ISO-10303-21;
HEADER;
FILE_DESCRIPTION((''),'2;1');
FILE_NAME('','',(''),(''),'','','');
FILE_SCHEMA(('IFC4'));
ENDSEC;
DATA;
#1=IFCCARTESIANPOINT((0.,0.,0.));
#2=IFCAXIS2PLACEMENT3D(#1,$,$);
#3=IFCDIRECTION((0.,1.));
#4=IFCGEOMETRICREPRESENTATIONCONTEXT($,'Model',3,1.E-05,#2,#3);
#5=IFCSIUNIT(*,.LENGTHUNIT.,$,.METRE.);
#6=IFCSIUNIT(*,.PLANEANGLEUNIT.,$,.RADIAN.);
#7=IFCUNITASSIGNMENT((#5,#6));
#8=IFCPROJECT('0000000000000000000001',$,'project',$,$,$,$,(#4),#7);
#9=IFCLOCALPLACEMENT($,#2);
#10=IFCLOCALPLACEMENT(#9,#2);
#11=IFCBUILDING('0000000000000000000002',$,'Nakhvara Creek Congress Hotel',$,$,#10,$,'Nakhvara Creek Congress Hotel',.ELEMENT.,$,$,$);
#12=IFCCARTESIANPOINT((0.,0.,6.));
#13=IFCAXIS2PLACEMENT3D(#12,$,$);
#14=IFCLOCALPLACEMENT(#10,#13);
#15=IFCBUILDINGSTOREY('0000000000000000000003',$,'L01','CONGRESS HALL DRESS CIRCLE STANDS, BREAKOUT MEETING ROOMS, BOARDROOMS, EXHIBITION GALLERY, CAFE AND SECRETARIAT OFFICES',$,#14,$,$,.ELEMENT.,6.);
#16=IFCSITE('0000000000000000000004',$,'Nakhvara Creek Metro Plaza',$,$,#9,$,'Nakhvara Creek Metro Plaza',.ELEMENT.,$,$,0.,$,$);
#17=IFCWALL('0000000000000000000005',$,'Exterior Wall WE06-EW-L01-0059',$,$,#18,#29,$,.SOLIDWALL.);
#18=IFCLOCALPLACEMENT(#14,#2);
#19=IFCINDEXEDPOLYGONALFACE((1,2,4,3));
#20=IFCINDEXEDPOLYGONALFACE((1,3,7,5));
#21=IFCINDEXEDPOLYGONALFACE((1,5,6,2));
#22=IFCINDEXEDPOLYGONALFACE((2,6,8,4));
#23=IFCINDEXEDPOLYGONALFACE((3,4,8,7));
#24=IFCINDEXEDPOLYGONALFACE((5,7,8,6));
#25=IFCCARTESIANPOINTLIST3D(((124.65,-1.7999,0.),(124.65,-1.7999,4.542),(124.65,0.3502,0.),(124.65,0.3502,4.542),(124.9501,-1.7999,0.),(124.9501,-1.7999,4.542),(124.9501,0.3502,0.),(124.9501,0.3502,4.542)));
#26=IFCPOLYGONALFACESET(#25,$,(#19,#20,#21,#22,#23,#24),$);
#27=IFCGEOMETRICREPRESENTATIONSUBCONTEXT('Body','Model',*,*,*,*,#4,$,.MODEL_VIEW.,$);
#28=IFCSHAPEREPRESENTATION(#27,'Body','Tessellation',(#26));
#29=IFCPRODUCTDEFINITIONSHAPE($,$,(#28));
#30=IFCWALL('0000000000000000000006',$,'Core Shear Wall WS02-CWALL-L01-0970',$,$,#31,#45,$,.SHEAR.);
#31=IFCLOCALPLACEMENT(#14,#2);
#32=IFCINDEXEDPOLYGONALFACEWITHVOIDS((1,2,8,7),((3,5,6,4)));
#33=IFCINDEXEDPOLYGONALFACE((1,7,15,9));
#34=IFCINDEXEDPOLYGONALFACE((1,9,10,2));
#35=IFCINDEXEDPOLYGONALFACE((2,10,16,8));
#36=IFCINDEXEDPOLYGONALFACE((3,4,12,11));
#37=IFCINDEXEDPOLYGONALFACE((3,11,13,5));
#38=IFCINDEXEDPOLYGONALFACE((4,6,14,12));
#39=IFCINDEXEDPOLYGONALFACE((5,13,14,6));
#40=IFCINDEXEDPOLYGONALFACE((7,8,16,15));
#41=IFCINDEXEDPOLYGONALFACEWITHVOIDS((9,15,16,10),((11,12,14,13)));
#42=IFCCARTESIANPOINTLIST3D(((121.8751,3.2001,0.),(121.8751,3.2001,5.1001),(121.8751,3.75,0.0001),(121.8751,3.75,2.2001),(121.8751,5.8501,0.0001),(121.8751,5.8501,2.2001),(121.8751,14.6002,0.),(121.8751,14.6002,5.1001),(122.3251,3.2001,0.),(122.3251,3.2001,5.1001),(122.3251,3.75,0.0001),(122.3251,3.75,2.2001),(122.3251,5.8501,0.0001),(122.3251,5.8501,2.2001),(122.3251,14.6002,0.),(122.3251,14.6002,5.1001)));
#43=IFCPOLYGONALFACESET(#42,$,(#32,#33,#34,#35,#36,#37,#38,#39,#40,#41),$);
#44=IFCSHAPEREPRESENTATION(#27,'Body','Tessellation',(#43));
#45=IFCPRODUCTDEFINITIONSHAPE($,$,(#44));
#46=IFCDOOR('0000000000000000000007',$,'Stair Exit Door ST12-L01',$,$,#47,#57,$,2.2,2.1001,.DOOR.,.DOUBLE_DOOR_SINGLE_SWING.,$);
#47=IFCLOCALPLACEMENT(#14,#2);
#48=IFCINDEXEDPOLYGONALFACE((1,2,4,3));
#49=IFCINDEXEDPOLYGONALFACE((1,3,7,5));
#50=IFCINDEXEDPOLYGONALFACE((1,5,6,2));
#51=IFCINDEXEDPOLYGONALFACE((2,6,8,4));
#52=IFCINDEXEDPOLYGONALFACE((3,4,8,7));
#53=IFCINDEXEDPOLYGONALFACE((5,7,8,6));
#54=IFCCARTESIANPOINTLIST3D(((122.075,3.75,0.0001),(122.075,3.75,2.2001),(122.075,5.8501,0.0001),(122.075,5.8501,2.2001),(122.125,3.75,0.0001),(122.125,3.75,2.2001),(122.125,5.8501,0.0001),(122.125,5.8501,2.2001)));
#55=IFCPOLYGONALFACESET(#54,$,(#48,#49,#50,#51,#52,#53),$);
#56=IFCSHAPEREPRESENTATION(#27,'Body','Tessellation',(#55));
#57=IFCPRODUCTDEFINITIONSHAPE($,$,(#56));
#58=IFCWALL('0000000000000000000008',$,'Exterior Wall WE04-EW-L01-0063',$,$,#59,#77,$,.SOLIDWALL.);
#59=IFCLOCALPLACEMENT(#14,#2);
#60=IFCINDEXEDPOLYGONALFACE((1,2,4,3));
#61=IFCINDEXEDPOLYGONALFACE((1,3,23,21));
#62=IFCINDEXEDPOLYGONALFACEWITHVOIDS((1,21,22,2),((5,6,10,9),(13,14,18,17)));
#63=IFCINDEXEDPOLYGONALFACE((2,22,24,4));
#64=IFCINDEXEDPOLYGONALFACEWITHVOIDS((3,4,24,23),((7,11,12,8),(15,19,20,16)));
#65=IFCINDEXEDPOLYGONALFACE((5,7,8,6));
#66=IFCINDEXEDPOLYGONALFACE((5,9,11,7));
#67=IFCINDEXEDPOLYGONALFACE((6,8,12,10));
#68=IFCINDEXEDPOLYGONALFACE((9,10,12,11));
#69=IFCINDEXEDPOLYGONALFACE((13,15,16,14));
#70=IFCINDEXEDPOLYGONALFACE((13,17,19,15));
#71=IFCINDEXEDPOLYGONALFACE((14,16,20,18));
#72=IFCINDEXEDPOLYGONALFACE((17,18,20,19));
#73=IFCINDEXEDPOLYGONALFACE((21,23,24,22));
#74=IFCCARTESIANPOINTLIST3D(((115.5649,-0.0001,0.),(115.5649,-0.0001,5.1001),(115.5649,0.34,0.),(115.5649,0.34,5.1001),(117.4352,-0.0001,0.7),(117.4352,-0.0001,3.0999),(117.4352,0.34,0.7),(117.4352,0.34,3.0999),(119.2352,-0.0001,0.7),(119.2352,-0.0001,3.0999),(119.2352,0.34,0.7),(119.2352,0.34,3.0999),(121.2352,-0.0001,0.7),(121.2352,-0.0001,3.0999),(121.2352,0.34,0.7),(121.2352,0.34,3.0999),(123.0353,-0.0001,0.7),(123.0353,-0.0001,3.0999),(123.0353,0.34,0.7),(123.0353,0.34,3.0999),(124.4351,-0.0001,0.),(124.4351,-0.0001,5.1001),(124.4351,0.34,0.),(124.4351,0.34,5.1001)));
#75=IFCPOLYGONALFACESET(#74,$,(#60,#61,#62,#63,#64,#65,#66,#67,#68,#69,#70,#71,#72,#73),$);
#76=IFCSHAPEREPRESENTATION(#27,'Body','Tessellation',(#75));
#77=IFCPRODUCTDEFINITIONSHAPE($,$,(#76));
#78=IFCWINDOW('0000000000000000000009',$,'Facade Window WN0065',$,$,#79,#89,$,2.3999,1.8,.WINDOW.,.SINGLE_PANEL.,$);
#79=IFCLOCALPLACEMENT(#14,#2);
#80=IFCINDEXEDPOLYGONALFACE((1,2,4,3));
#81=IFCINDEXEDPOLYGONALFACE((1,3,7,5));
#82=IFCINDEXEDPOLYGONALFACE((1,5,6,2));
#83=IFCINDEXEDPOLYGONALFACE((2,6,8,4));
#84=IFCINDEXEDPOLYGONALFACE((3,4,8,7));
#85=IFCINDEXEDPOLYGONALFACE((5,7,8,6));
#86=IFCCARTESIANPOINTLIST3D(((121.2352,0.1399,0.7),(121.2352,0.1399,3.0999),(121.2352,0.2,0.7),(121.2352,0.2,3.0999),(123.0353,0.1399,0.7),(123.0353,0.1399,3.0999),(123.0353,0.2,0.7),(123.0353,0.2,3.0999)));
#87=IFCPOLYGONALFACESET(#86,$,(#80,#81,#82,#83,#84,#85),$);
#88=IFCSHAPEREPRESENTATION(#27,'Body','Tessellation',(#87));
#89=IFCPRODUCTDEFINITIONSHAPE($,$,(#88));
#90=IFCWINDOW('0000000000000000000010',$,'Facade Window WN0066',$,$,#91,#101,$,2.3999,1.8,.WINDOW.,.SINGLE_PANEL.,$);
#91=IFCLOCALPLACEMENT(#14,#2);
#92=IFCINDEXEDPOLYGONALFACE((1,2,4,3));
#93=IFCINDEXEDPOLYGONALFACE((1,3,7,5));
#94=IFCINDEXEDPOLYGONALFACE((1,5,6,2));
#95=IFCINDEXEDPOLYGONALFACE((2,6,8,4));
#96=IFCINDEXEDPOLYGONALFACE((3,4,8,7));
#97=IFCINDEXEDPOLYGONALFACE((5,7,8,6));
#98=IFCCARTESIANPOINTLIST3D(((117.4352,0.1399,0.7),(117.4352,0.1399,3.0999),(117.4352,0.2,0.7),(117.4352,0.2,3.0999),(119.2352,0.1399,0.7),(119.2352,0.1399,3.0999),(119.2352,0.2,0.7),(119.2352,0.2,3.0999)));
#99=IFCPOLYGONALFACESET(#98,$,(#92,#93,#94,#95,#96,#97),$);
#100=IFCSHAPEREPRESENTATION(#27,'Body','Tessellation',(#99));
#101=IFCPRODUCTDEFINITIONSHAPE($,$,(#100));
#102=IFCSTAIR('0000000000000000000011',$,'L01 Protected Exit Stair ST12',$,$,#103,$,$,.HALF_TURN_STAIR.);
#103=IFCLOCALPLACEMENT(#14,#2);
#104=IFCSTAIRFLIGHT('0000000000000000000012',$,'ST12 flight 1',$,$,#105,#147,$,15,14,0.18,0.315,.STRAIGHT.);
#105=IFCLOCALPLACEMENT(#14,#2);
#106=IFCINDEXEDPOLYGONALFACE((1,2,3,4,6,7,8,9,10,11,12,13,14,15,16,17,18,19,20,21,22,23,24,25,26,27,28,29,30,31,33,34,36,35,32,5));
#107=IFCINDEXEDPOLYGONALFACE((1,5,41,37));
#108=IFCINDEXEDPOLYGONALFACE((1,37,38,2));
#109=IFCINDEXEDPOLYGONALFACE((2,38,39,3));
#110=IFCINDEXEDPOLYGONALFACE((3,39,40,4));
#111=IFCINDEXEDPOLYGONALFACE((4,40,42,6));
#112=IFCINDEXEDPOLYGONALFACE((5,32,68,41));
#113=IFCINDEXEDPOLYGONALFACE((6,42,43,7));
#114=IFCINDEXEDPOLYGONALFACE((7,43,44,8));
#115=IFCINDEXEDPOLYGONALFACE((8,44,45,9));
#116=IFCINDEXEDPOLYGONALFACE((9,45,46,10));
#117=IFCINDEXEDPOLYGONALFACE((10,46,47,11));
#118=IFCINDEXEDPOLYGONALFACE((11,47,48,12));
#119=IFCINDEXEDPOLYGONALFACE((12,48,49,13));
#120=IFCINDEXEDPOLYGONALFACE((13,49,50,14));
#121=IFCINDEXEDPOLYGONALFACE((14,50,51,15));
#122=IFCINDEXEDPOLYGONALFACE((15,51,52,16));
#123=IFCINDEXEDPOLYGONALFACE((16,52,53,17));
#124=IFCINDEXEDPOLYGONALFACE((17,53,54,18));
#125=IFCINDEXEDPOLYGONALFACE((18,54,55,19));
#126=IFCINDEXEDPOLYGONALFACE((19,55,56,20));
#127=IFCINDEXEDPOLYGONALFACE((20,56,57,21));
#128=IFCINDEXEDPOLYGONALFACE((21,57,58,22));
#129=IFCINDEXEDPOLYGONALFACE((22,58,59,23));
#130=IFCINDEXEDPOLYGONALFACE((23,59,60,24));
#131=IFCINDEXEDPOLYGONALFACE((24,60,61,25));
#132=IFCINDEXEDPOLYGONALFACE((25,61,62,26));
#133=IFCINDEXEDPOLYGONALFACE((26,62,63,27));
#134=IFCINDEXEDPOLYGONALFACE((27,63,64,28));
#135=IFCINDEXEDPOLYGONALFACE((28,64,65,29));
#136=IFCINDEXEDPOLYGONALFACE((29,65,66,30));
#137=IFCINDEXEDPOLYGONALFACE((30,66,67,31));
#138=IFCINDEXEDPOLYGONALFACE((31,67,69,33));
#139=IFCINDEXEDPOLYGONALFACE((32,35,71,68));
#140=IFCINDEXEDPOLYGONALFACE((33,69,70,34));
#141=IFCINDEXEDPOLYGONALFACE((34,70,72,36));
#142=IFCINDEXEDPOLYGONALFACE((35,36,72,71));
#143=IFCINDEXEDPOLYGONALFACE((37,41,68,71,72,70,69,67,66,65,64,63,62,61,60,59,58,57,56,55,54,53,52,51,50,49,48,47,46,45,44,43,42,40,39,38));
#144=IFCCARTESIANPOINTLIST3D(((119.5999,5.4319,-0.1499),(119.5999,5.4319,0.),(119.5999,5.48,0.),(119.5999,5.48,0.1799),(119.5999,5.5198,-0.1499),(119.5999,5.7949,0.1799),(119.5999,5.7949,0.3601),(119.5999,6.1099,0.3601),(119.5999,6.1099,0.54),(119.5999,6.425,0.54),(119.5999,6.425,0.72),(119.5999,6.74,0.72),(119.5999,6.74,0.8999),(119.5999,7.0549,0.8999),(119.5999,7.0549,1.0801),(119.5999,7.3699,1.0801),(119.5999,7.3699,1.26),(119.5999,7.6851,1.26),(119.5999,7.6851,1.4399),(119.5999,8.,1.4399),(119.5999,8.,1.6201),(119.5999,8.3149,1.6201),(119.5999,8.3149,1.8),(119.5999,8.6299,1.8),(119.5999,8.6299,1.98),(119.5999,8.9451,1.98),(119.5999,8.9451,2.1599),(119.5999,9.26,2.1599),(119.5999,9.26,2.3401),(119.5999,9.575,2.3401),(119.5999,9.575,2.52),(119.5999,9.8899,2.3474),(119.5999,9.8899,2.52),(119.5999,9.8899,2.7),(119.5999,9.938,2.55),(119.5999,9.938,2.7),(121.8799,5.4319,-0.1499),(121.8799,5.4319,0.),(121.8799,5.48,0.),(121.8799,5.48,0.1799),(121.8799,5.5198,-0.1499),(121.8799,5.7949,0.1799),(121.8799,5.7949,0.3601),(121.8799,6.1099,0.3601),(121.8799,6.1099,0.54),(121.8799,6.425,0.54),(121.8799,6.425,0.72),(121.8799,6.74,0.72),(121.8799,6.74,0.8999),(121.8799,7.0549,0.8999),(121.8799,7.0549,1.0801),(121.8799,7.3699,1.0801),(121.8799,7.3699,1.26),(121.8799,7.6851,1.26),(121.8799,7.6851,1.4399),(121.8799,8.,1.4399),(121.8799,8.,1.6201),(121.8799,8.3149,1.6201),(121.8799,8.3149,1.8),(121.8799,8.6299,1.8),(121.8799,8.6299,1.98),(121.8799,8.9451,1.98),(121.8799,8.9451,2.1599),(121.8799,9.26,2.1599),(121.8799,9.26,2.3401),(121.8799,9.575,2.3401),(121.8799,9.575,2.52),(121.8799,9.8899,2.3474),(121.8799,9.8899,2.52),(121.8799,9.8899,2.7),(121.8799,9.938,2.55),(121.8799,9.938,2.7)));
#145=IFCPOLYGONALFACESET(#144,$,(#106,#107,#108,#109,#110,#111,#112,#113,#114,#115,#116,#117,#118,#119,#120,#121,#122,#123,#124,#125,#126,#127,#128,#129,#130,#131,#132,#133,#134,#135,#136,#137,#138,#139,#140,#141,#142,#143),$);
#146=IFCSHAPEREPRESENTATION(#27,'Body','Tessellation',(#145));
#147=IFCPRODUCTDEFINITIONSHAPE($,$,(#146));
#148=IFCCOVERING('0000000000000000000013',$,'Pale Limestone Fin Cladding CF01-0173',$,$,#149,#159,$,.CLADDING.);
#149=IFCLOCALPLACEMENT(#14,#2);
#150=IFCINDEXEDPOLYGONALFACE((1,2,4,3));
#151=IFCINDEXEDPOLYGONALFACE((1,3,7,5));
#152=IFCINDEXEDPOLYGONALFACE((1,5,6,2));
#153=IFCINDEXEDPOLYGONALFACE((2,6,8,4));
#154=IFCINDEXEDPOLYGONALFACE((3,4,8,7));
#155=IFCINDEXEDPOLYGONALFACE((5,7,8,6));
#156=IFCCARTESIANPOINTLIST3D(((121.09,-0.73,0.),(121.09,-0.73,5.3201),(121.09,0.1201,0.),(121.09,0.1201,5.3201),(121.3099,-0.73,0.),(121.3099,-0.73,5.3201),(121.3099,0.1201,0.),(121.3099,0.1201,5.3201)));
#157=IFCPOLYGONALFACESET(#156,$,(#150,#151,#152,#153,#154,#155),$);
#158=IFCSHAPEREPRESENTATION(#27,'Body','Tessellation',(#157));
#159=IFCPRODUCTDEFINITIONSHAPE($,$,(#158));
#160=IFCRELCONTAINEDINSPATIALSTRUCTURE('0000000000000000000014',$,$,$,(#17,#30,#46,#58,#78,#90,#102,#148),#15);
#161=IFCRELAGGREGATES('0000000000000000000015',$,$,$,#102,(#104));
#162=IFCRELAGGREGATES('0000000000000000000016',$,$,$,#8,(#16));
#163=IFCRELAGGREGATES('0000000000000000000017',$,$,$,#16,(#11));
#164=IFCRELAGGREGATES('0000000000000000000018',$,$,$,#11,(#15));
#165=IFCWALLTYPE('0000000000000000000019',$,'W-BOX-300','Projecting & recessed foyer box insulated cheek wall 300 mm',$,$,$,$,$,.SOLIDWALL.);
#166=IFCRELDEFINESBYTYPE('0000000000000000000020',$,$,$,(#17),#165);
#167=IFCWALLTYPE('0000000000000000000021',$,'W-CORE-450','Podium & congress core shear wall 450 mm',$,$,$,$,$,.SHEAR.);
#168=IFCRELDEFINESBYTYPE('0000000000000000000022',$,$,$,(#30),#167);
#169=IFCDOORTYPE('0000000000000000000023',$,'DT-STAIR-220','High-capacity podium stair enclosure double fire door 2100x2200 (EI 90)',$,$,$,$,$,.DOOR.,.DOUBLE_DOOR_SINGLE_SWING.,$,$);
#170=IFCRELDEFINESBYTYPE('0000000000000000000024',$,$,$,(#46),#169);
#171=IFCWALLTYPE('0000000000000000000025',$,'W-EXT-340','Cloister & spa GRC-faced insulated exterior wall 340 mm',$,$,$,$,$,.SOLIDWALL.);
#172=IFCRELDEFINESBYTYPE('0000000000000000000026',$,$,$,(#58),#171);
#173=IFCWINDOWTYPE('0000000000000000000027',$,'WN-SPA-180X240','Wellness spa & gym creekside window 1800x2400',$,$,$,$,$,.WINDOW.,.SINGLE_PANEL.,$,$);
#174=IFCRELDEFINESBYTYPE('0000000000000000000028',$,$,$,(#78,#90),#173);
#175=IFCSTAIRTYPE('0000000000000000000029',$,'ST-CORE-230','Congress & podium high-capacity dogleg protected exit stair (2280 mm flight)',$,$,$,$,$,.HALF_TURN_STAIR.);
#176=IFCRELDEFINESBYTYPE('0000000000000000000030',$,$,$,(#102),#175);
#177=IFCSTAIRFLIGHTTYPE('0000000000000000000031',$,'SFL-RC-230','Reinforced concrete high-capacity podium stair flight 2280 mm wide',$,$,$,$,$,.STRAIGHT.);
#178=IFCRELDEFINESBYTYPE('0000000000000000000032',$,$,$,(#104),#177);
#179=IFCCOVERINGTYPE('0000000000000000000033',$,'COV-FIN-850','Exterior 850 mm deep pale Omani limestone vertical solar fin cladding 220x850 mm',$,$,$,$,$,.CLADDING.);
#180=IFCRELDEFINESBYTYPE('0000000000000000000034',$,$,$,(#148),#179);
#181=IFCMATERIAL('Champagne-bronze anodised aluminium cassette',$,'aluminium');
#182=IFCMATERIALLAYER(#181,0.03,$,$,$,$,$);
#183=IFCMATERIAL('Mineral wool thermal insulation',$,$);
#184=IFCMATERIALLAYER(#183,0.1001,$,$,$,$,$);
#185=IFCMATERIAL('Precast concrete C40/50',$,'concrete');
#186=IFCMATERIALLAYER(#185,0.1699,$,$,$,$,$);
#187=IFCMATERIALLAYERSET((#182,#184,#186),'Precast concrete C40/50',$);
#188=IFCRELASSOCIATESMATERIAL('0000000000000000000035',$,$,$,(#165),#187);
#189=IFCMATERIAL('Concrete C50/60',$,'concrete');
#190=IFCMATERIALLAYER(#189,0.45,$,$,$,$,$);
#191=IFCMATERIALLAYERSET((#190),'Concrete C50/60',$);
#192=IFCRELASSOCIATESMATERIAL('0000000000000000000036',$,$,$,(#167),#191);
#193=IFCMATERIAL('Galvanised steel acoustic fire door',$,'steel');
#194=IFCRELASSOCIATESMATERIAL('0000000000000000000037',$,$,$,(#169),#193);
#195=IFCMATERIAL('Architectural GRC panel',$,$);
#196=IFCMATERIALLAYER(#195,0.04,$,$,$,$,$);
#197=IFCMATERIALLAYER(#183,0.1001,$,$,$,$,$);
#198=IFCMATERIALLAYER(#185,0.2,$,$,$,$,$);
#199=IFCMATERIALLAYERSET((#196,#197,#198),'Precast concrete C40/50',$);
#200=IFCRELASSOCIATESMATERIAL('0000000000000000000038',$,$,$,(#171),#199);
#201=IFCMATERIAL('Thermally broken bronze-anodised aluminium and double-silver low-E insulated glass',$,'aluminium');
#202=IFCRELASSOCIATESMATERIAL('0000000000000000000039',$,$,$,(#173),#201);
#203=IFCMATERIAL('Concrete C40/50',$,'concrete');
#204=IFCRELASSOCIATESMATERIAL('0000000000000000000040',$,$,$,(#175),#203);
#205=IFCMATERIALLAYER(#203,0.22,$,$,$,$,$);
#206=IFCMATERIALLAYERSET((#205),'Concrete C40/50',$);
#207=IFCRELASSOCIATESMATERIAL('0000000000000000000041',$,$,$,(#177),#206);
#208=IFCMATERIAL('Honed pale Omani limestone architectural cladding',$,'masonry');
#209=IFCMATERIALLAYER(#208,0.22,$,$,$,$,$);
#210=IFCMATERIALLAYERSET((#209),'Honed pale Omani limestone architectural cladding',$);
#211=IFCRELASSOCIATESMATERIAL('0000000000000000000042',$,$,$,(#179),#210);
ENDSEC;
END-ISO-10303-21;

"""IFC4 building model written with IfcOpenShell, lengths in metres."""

from ifc_helpers import new_model, si_unit, direction, frame, frame_2d, origin, origin_2d, place, context, subcontext, project, spatial, polyline, rectangle, outline, extrude, material, layer, layer_set, type_object, element, fill, aggregate, save


model = new_model("IFC4")

# Units and contexts
model_context = context("Model", 3, precision=1e-05, world=origin(), true_north=direction((0.0, 1.0)))
body_context = subcontext(model_context, "Body", "Model", "MODEL_VIEW")
ifc_project = project(units=[si_unit("LENGTHUNIT", "METRE"), si_unit("PLANEANGLEUNIT", "RADIAN")], contexts=[model_context])

# Site, building, storey
site_placement = place(None, origin())
site = spatial("IfcSite", under=ifc_project, at=site_placement, Name="Nakhvara Creek Metro Plaza", LongName="Nakhvara Creek Metro Plaza", CompositionType="ELEMENT", RefElevation=0.0)
building_placement = place(site_placement, origin())
building = spatial("IfcBuilding", under=site, at=building_placement, Name="Nakhvara Creek Congress Hotel", LongName="Nakhvara Creek Congress Hotel", CompositionType="ELEMENT")
storey_placement = place(building_placement, frame((0.0, 0.0, 6.0)))
storey = spatial("IfcBuildingStorey", under=building, at=storey_placement, Name="L01", Description="CONGRESS HALL DRESS CIRCLE STANDS, BREAKOUT MEETING ROOMS, BOARDROOMS, EXHIBITION GALLERY, CAFE AND SECRETARIAT OFFICES", CompositionType="ELEMENT", Elevation=6.0)

# Shared definitions
ifc_material_1 = material(Name="Concrete C50/60", Category="concrete")

# Shared definitions
ifc_material_2 = material(Name="Concrete C40/50", Category="concrete")

# Wall
ifc_material_3 = material(Name="Champagne-bronze anodised aluminium cassette", Category="aluminium")
ifc_layer_1 = layer(ifc_material_3, 0.03)
ifc_material_4 = material(Name="Mineral wool thermal insulation")
ifc_layer_2 = layer(ifc_material_4, 0.1001)
ifc_material_5 = material(Name="Precast concrete C40/50", Category="concrete")
ifc_layer_3 = layer(ifc_material_5, 0.1699)
ifc_layer_set_1 = layer_set([ifc_layer_1, ifc_layer_2, ifc_layer_3], Name="Precast concrete C40/50")
wall_type_1 = type_object("IfcWallType", Name="W-BOX-300", Description="Projecting & recessed foyer box insulated cheek wall 300 mm", PredefinedType="SOLIDWALL", material=ifc_layer_set_1)
wall_1_placement = place(storey_placement, frame((124.8, -1.8, 0.0), z_axis=(0.0, 0.0, 1.0), x_axis=(0.0, 1.0, 0.0)))
element("IfcWall", 1, at=wall_1_placement, inside=storey, type_object=wall_type_1, Name="Exterior Wall WE06-EW-L01-0059", PredefinedType="SOLIDWALL", context=body_context, shape_type="SweptSolid", body=[
    extrude(rectangle(XDim=2.1501, YDim=0.3, at=frame_2d((1.0752, 0.0))), origin(), (0.0, 0.0, 1.0), 4.542),
])

# Wall, opening, door
ifc_layer_4 = layer(ifc_material_1, 0.45)
ifc_layer_set_2 = layer_set([ifc_layer_4], Name="Concrete C50/60")
wall_type_2 = type_object("IfcWallType", Name="W-CORE-450", Description="Podium & congress core shear wall 450 mm", PredefinedType="SHEAR", material=ifc_layer_set_2)
wall_2_placement = place(storey_placement, frame((122.1001, 3.2, 0.0), z_axis=(0.0, 0.0, 1.0), x_axis=(0.0, 1.0, 0.0)))
wall_2 = element("IfcWall", 2, at=wall_2_placement, inside=storey, type_object=wall_type_2, Name="Core Shear Wall WS02-CWALL-L01-0970", PredefinedType="SHEAR", context=body_context, shape_type="SweptSolid", body=[
    extrude(rectangle(XDim=11.4001, YDim=0.45, at=frame_2d((5.7002, 0.0))), origin(), (0.0, 0.0, 1.0), 5.1001),
])
opening_1_placement = place(wall_2_placement, frame((0.55, 0.0, 0.0)))
opening_1 = element("IfcOpeningElement", 3, at=opening_1_placement, cuts=wall_2, PredefinedType="OPENING", context=body_context, shape_type="SweptSolid", body=[
    extrude(rectangle(XDim=2.1001, YDim=2.2, at=frame_2d((1.05, 1.1001))), frame((0.0, 0.2368, 0.0), z_axis=(0.0, -1.0, 0.0), x_axis=(1.0, 0.0, 0.0)), (0.0, 0.0, 1.0), 0.4739),
])
ifc_material_6 = material(Name="Galvanised steel acoustic fire door", Category="steel")
door_type = type_object("IfcDoorType", Name="DT-STAIR-220", Description="High-capacity podium stair enclosure double fire door 2100x2200 (EI 90)", OperationType="DOUBLE_DOOR_SINGLE_SWING", PredefinedType="DOOR", material=ifc_material_6)
door_placement = place(opening_1_placement, frame((2.1001, 0.0, 0.0), z_axis=(0.0, 0.0, 1.0), x_axis=(-1.0, 0.0, 0.0)))
door = element("IfcDoor", 4, at=door_placement, inside=storey, type_object=door_type, Name="Stair Exit Door ST12-L01", OperationType="DOUBLE_DOOR_SINGLE_SWING", OverallHeight=2.2, OverallWidth=2.1001, PredefinedType="DOOR", context=body_context, shape_type="SweptSolid", body=[
    extrude(rectangle(XDim=2.1001, YDim=2.2, at=frame_2d((1.05, 1.1001))), frame((0.0, 0.0249, 0.0), z_axis=(0.0, -1.0, 0.0), x_axis=(1.0, 0.0, 0.0)), (0.0, 0.0, 1.0), 0.05),
])
fill(opening_1, door)

# Wall, openings, windows
ifc_material_7 = material(Name="Architectural GRC panel")
ifc_layer_5 = layer(ifc_material_7, 0.04)
ifc_layer_6 = layer(ifc_material_4, 0.1001)
ifc_layer_7 = layer(ifc_material_5, 0.2)
ifc_layer_set_3 = layer_set([ifc_layer_5, ifc_layer_6, ifc_layer_7], Name="Precast concrete C40/50")
wall_type_3 = type_object("IfcWallType", Name="W-EXT-340", Description="Cloister & spa GRC-faced insulated exterior wall 340 mm", PredefinedType="SOLIDWALL", material=ifc_layer_set_3)
wall_3_placement = place(storey_placement, frame((124.4351, 0.1699, 0.0), z_axis=(0.0, 0.0, 1.0), x_axis=(-1.0, 0.0, 0.0)))
wall_3 = element("IfcWall", 5, at=wall_3_placement, inside=storey, type_object=wall_type_3, Name="Exterior Wall WE04-EW-L01-0063", PredefinedType="SOLIDWALL", context=body_context, shape_type="SweptSolid", body=[
    extrude(rectangle(XDim=8.8701, YDim=0.3401, at=frame_2d((4.4351, 0.0))), origin(), (0.0, 0.0, 1.0), 5.1001),
])
opening_2_placement = place(wall_3_placement, frame((1.3999, 0.0, 0.7)))
opening_2 = element("IfcOpeningElement", 6, at=opening_2_placement, cuts=wall_3, PredefinedType="OPENING", context=body_context, shape_type="SweptSolid", body=[
    extrude(rectangle(XDim=1.8, YDim=2.3999, at=frame_2d((0.8999, 1.2))), frame((0.0, 0.1821, 0.0), z_axis=(0.0, -1.0, 0.0), x_axis=(1.0, 0.0, 0.0)), (0.0, 0.0, 1.0), 0.364),
])
opening_3_placement = place(wall_3_placement, frame((5.2, 0.0, 0.7)))
opening_3 = element("IfcOpeningElement", 7, at=opening_3_placement, cuts=wall_3, PredefinedType="OPENING", context=body_context, shape_type="SweptSolid", body=[
    extrude(rectangle(XDim=1.8, YDim=2.3999, at=frame_2d((0.8999, 1.2))), frame((0.0, 0.1821, 0.0), z_axis=(0.0, -1.0, 0.0), x_axis=(1.0, 0.0, 0.0)), (0.0, 0.0, 1.0), 0.364),
])
ifc_material_8 = material(Name="Thermally broken bronze-anodised aluminium and double-silver low-E insulated glass", Category="aluminium")
window_type = type_object("IfcWindowType", Name="WN-SPA-180X240", Description="Wellness spa & gym creekside window 1800x2400", PartitioningType="SINGLE_PANEL", PredefinedType="WINDOW", material=ifc_material_8)
window_1_placement = place(opening_2_placement, origin())
window_1 = element("IfcWindow", 8, at=window_1_placement, inside=storey, type_object=window_type, Name="Facade Window WN0065", OverallHeight=2.3999, OverallWidth=1.8, PartitioningType="SINGLE_PANEL", PredefinedType="WINDOW", context=body_context, shape_type="SweptSolid", body=[
    extrude(rectangle(XDim=1.8, YDim=2.3999, at=frame_2d((0.8999, 1.2))), frame((0.0, 0.03, 0.0), z_axis=(0.0, -1.0, 0.0), x_axis=(1.0, 0.0, 0.0)), (0.0, 0.0, 1.0), 0.0601),
])
fill(opening_2, window_1)
window_2_placement = place(opening_3_placement, origin())
window_2 = element("IfcWindow", 9, at=window_2_placement, inside=storey, type_object=window_type, Name="Facade Window WN0066", OverallHeight=2.3999, OverallWidth=1.8, PartitioningType="SINGLE_PANEL", PredefinedType="WINDOW", context=body_context, shape_type="SweptSolid", body=[
    extrude(rectangle(XDim=1.8, YDim=2.3999, at=frame_2d((0.8999, 1.2))), frame((0.0, 0.03, 0.0), z_axis=(0.0, -1.0, 0.0), x_axis=(1.0, 0.0, 0.0)), (0.0, 0.0, 1.0), 0.0601),
])
fill(opening_3, window_2)

# Stair, stair flight
stair_type = type_object("IfcStairType", Name="ST-CORE-230", Description="Congress & podium high-capacity dogleg protected exit stair (2280 mm flight)", PredefinedType="HALF_TURN_STAIR", material=ifc_material_2)
stair_placement = place(storey_placement, origin())
stair = element("IfcStair", 10, at=stair_placement, inside=storey, type_object=stair_type, Name="L01 Protected Exit Stair ST12", PredefinedType="HALF_TURN_STAIR")
ifc_layer_8 = layer(ifc_material_2, 0.22)
ifc_layer_set_4 = layer_set([ifc_layer_8], Name="Concrete C40/50")
stair_flight_type = type_object("IfcStairFlightType", Name="SFL-RC-230", Description="Reinforced concrete high-capacity podium stair flight 2280 mm wide", PredefinedType="STRAIGHT", material=ifc_layer_set_4)
stair_flight_placement = place(storey_placement, frame((120.74, 5.48, 0.0), z_axis=(0.0, 0.0, 1.0), x_axis=(0.0, 1.0, 0.0)))
stair_flight = element("IfcStairFlight", 11, at=stair_flight_placement, type_object=stair_flight_type, Name="ST12 flight 1", NumberOfRisers=15, NumberOfTreads=14, PredefinedType="STRAIGHT", RiserHeight=0.18, TreadLength=0.315, context=body_context, shape_type="SweptSolid", body=[
    extrude(outline(polyline([(-0.0481, 0.0), (0.0, 0.0), (0.0, 0.1799), (0.3149, 0.1799), (0.3149, 0.3601), (0.6299, 0.3601), (0.6299, 0.54), (0.9451, 0.54), (0.9451, 0.72), (1.26, 0.72), (1.26, 0.8999), (1.575, 0.8999), (1.575, 1.0801), (1.8899, 1.0801), (1.8899, 1.26), (2.2051, 1.26), (2.2051, 1.4399), (2.52, 1.4399), (2.52, 1.6201), (2.835, 1.6201), (2.835, 1.8), (3.1499, 1.8), (3.1499, 1.98), (3.4651, 1.98), (3.4651, 2.1599), (3.78, 2.1599), (3.78, 2.3401), (4.095, 2.3401), (4.095, 2.52), (4.4099, 2.52), (4.4099, 2.7), (4.458, 2.7), (4.458, 2.55), (4.4099, 2.3474), (0.0398, -0.1499), (-0.0481, -0.1499), (-0.0481, 0.0)])), frame((0.0, 1.1401, 0.0), z_axis=(0.0, -1.0, 0.0), x_axis=(1.0, 0.0, 0.0)), (0.0, 0.0, 1.0), 2.28),
])
aggregate(stair, [stair_flight])

# Covering
ifc_material_9 = material(Name="Honed pale Omani limestone architectural cladding", Category="masonry")
ifc_layer_9 = layer(ifc_material_9, 0.22)
ifc_layer_set_5 = layer_set([ifc_layer_9], Name="Honed pale Omani limestone architectural cladding")
covering_type = type_object("IfcCoveringType", Name="COV-FIN-850", Description="Exterior 850 mm deep pale Omani limestone vertical solar fin cladding 220x850 mm", PredefinedType="CLADDING", material=ifc_layer_set_5)
for number, where, z_axis, x_axis, name in (
    (12, (121.2, -0.3049, 0.0), (0.0, 0.0, 1.0), (1.0, 0.0, 0.0), "Pale Limestone Fin Cladding CF01-0173"),
):
    element("IfcCovering", number, at=place(storey_placement, frame(where, z_axis=z_axis, x_axis=x_axis)), inside=storey, type_object=covering_type, Name=name, PredefinedType="CLADDING", context=body_context, shape_type="SweptSolid", body=[
        extrude(rectangle(XDim=0.22, YDim=0.8501, at=origin_2d()), origin(), (0.0, 0.0, 1.0), 5.3201),
    ])

save(model, "model.ifc")
